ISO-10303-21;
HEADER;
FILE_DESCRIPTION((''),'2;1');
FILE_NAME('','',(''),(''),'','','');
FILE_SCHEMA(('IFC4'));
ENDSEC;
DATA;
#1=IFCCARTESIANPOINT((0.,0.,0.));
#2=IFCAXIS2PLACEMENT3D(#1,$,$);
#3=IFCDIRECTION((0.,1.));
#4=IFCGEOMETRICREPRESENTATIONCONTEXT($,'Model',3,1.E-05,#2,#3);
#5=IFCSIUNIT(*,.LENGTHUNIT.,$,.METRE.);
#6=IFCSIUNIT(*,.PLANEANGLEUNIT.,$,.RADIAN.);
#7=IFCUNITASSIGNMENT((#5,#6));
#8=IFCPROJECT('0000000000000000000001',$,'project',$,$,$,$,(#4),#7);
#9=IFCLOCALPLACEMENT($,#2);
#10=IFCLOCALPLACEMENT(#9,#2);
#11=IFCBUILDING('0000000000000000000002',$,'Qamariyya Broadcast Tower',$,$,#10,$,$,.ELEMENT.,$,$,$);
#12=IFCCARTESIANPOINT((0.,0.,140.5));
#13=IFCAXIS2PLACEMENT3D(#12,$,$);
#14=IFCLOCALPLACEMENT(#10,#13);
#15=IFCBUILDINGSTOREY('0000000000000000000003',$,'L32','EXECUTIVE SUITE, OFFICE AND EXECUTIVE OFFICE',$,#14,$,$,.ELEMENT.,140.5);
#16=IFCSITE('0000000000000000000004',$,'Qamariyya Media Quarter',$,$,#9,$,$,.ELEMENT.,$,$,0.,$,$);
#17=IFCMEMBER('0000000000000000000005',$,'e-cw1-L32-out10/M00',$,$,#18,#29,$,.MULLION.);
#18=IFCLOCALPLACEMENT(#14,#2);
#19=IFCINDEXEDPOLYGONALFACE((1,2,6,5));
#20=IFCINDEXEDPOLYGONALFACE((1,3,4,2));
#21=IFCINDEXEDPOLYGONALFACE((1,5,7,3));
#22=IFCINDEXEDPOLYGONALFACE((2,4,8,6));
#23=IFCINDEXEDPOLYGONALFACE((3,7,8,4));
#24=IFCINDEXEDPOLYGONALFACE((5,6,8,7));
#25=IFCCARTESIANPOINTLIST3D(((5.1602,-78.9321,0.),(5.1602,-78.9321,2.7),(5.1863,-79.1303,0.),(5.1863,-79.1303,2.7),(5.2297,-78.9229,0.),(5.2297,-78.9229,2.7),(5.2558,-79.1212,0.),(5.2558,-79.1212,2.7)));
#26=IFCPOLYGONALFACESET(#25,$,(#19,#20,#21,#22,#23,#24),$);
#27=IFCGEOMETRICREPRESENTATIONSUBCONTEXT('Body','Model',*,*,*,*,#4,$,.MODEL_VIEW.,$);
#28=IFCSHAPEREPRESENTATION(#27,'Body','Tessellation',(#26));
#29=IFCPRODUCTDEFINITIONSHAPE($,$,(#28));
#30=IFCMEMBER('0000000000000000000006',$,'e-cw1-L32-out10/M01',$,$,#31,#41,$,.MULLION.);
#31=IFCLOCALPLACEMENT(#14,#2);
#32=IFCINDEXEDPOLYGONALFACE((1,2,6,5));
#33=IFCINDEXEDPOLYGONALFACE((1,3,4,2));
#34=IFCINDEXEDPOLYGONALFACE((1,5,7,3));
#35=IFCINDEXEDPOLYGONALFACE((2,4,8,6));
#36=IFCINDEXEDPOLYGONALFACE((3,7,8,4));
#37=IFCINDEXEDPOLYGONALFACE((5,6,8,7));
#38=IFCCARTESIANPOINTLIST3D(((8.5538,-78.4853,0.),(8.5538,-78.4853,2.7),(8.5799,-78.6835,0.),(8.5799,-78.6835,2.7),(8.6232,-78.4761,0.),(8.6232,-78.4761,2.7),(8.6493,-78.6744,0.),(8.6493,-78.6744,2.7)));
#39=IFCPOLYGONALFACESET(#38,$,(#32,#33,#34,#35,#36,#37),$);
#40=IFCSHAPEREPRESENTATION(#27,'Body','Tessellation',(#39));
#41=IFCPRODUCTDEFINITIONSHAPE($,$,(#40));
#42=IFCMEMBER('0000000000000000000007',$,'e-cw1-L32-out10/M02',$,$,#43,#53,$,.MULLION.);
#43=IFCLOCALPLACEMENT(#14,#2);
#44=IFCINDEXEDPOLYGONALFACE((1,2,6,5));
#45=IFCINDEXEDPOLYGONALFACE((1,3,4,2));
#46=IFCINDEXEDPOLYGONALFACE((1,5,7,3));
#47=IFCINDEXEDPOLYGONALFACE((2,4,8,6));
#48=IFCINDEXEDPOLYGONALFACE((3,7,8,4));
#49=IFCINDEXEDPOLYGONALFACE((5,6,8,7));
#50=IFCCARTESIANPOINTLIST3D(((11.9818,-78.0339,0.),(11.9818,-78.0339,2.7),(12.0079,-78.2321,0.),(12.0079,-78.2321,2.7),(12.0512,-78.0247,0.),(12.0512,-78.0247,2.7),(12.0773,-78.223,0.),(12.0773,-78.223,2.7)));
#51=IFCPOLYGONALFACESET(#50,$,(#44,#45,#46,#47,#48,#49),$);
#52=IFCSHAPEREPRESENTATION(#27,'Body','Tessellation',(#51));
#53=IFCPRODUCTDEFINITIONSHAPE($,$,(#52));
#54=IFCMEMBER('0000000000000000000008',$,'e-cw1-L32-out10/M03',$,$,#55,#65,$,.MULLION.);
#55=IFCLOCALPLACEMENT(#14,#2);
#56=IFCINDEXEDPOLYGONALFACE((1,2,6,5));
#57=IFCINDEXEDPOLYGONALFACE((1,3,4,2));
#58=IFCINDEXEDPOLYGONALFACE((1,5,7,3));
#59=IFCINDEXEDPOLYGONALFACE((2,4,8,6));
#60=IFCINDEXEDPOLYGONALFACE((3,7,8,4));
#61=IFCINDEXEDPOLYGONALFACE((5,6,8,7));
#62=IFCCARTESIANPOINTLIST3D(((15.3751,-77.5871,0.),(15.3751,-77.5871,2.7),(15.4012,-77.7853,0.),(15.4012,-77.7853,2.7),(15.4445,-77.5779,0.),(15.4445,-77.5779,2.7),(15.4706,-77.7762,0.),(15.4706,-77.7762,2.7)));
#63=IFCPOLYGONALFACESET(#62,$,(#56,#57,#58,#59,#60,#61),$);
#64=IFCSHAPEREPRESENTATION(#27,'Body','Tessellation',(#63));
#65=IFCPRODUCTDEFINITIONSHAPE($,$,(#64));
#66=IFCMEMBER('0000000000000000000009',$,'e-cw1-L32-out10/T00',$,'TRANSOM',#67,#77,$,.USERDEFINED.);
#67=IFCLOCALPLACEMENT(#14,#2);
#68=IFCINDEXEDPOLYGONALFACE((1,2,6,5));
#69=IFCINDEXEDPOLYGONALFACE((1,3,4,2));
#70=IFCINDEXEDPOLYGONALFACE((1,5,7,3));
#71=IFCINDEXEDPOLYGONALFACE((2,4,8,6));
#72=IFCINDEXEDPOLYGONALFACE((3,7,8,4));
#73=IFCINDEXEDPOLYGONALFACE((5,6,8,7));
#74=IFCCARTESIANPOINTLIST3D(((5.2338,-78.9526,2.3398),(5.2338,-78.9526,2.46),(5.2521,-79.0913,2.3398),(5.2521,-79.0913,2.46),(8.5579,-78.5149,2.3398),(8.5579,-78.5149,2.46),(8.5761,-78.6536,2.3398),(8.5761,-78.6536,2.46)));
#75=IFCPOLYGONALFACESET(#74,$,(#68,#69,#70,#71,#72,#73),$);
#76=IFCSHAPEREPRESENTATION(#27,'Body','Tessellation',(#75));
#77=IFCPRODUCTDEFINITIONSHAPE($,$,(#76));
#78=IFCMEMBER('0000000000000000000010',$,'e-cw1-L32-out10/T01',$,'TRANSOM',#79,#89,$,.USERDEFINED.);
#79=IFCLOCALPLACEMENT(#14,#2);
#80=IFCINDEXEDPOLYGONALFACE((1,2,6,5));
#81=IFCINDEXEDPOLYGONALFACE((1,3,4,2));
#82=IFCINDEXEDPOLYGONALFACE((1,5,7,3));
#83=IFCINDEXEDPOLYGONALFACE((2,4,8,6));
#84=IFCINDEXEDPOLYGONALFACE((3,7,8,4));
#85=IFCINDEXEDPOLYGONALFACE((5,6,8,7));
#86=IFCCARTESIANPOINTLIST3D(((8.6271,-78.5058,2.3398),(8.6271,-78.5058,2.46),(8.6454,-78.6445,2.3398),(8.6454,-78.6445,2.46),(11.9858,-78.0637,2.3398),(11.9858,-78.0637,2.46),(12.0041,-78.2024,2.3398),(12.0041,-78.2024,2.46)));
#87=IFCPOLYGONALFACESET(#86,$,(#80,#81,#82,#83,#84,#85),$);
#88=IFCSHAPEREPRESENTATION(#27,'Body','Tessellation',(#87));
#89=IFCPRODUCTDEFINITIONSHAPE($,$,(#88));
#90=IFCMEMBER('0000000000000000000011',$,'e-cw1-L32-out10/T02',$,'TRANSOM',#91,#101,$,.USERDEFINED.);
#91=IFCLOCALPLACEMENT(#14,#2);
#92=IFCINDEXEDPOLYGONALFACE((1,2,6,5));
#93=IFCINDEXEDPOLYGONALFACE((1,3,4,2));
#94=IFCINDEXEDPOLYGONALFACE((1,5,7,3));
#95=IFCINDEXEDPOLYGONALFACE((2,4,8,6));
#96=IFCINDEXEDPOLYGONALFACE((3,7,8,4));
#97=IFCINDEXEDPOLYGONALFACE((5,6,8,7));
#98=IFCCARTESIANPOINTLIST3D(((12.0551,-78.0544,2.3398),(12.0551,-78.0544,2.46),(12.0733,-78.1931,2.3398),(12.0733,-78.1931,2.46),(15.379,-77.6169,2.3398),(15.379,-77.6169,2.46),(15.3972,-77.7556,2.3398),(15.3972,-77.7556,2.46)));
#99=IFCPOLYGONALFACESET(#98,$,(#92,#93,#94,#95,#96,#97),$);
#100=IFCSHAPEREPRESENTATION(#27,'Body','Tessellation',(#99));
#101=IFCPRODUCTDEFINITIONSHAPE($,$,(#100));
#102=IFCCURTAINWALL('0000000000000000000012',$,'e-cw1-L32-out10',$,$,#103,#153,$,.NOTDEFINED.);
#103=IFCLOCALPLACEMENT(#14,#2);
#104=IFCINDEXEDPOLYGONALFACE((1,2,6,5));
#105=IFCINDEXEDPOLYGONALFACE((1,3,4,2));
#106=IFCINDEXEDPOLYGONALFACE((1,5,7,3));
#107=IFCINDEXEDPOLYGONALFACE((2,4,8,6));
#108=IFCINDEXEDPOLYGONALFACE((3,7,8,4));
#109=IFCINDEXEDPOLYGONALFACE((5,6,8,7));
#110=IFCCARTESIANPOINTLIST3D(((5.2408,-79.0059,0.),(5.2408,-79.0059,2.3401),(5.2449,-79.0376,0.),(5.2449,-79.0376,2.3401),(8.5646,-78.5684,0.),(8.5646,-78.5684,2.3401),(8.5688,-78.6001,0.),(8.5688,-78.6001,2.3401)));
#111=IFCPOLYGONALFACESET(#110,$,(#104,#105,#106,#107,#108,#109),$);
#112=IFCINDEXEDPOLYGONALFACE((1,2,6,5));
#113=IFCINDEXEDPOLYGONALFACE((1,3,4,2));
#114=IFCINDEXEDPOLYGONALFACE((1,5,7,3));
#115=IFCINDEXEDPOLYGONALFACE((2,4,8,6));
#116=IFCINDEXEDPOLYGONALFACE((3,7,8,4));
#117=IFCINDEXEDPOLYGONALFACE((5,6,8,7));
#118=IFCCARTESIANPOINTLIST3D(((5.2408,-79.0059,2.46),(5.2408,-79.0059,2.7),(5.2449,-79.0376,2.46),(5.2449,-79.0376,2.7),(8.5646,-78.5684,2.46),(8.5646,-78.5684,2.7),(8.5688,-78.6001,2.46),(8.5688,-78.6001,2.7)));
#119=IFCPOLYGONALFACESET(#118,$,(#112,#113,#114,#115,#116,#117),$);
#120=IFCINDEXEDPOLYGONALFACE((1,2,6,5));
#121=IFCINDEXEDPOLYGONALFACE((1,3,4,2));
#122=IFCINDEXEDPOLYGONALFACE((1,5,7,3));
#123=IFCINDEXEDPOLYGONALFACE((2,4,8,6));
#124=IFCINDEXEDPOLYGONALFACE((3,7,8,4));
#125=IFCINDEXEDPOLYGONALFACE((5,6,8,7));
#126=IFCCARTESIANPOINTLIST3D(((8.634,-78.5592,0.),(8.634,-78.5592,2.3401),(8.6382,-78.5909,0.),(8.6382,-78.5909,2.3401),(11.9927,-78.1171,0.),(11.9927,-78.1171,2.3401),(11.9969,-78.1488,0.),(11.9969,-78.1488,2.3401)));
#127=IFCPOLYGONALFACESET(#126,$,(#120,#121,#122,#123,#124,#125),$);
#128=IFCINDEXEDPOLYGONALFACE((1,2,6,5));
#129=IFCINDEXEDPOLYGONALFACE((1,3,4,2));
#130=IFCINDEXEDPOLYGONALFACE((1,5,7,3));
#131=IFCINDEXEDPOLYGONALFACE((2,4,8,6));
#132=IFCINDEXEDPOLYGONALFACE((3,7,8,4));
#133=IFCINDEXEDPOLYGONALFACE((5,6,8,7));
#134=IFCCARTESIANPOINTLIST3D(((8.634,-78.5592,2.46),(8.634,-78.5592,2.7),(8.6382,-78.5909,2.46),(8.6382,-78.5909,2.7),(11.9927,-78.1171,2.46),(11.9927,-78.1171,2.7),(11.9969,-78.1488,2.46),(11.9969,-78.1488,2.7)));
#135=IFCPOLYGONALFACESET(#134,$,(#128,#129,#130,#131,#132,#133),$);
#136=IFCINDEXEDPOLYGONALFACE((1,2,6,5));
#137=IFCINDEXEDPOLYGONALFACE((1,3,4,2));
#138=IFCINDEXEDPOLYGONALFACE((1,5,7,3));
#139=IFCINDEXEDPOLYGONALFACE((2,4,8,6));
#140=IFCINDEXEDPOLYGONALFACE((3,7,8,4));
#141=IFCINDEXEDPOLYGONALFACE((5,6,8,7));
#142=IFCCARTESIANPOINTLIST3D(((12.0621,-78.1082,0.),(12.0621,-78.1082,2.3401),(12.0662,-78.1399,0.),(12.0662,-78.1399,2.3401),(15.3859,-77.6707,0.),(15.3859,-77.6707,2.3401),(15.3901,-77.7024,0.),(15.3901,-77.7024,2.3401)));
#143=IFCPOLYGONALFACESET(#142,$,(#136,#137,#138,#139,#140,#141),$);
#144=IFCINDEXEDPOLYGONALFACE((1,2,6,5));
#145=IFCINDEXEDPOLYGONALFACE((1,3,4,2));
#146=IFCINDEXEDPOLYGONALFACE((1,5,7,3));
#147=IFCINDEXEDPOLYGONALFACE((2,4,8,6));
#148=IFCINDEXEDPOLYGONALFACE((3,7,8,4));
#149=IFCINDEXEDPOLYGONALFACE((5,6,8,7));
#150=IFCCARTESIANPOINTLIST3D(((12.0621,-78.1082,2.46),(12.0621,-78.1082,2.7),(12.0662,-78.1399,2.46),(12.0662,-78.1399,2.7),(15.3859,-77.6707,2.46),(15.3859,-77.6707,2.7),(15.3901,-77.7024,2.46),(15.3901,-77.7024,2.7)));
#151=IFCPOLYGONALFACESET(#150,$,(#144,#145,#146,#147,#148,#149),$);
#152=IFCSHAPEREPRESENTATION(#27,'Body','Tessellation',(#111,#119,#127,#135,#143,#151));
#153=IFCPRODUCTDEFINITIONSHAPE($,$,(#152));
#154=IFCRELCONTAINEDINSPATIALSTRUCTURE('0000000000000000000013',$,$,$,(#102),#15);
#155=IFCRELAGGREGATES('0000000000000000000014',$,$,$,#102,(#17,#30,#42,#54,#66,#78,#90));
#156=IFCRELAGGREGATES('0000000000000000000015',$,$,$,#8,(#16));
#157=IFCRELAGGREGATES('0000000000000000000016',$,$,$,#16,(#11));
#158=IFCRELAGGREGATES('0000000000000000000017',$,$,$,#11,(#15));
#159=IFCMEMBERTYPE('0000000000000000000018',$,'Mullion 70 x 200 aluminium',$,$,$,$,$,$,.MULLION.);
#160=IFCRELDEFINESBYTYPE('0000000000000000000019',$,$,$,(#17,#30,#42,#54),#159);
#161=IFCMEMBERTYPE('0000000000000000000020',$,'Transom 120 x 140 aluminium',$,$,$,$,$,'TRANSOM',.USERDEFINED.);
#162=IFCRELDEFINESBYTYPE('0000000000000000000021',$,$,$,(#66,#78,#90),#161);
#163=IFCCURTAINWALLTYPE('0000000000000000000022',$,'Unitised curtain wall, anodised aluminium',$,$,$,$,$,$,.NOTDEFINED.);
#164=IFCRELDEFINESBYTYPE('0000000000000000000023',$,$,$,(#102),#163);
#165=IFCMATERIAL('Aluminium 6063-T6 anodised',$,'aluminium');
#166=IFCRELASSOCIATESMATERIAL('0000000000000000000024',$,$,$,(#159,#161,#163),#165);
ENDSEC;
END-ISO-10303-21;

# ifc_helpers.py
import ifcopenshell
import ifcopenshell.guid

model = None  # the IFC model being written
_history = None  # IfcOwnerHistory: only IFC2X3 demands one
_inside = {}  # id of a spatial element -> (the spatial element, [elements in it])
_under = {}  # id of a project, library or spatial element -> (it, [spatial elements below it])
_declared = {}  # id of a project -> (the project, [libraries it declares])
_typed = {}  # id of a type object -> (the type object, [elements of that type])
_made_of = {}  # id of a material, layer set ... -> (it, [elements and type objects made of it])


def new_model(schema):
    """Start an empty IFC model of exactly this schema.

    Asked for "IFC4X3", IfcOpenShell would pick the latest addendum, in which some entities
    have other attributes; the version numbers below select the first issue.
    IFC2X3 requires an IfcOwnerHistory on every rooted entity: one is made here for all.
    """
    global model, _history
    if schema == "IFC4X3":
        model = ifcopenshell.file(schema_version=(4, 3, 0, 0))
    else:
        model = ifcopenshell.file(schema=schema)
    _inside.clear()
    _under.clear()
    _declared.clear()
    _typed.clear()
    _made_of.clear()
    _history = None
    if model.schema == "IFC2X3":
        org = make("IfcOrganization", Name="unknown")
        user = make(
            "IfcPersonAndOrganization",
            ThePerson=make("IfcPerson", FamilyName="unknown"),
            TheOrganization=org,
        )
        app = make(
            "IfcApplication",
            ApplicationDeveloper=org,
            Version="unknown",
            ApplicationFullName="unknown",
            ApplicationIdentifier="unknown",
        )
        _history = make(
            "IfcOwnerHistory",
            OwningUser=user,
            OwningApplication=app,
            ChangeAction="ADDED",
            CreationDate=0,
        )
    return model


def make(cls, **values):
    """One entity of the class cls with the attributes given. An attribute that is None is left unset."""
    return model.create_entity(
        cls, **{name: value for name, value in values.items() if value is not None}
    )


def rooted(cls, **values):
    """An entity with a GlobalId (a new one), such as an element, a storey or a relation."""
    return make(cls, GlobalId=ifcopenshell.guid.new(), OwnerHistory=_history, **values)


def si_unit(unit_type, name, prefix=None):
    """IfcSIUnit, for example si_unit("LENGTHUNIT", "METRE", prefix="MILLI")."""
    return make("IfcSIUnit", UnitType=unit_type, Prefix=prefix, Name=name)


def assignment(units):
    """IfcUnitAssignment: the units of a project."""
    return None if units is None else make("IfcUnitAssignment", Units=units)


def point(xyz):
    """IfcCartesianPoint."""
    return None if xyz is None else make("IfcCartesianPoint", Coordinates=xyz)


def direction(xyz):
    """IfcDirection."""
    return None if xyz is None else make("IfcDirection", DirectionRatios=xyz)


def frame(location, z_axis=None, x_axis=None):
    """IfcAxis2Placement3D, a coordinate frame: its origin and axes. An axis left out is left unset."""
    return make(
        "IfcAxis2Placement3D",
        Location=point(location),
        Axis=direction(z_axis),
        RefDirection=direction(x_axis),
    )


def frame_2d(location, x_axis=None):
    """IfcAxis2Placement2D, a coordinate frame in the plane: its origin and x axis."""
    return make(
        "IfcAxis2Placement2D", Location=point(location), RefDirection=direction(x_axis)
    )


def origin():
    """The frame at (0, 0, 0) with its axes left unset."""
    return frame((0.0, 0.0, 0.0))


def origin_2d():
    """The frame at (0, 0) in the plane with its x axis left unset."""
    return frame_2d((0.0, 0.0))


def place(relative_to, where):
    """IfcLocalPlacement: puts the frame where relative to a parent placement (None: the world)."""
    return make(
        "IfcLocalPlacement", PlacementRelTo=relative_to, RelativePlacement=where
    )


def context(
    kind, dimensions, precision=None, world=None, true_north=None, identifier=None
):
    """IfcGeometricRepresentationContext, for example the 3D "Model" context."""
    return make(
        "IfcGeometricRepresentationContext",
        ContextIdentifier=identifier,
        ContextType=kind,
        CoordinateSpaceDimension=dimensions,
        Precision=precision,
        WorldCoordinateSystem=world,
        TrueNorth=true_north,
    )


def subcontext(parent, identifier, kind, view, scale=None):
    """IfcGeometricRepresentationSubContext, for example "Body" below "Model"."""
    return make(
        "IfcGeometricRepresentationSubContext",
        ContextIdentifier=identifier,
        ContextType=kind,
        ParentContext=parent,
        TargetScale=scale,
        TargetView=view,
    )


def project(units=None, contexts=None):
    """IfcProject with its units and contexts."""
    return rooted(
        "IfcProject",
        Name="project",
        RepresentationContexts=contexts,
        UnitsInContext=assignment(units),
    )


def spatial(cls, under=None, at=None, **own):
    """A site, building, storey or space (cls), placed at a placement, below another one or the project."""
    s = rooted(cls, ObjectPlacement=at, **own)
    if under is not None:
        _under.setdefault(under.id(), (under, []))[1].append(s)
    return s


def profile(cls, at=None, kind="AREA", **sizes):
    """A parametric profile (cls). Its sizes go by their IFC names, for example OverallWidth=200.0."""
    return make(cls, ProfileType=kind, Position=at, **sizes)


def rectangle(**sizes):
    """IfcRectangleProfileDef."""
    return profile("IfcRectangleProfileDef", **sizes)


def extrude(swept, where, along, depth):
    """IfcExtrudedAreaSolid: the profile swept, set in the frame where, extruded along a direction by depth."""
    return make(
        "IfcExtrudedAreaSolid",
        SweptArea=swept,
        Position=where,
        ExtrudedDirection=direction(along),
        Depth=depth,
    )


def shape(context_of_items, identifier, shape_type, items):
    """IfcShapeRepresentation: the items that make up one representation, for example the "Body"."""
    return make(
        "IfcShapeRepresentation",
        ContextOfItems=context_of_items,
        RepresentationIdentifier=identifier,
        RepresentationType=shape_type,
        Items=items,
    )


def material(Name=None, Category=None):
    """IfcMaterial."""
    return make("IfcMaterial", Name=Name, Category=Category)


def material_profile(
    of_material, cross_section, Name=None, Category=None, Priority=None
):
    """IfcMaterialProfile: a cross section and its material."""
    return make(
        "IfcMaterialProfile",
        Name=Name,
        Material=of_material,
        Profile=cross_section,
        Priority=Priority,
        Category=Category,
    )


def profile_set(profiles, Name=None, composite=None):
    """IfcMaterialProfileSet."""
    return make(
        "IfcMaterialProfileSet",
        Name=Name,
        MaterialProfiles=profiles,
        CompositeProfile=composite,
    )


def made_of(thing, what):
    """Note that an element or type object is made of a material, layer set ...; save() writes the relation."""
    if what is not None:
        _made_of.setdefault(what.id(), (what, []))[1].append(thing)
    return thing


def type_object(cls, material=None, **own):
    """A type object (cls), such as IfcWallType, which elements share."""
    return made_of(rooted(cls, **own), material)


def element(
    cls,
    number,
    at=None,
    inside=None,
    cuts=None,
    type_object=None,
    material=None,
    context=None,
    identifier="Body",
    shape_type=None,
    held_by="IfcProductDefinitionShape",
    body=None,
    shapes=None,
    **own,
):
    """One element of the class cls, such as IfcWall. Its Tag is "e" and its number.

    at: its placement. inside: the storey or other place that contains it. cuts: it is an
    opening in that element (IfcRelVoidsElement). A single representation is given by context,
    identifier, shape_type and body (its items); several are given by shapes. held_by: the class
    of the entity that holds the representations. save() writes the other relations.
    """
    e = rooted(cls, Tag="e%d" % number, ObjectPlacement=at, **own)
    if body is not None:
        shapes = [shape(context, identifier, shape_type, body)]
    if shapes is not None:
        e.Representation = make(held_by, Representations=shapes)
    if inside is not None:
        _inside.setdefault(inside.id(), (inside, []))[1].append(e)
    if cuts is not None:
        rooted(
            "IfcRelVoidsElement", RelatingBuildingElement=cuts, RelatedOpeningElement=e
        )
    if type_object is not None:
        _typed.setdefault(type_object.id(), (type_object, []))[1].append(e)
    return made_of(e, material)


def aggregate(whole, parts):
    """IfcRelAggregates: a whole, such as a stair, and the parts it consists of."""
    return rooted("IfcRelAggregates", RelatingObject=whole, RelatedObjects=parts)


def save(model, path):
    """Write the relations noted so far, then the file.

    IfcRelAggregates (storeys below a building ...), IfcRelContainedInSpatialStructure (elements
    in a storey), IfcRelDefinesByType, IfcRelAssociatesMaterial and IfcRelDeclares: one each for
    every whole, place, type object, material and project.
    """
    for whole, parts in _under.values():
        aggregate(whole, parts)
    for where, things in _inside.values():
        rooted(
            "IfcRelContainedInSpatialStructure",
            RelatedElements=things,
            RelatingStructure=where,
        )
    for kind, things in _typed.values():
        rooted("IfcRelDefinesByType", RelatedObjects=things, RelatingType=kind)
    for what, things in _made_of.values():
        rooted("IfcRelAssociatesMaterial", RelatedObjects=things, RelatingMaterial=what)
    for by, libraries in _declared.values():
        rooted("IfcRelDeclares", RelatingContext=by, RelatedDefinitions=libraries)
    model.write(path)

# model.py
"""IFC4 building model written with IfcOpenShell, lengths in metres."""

from ifc_helpers import new_model, si_unit, direction, frame, origin, origin_2d, place, context, subcontext, project, spatial, rectangle, extrude, material, material_profile, profile_set, type_object, element, aggregate, save


model = new_model("IFC4")

# Units and contexts
model_context = context("Model", 3, precision=1e-05, world=origin(), true_north=direction((0.0, 1.0)))
body_context = subcontext(model_context, "Body", "Model", "MODEL_VIEW")
ifc_project = project(units=[si_unit("LENGTHUNIT", "METRE"), si_unit("PLANEANGLEUNIT", "RADIAN")], contexts=[model_context])

# Members
ifc_material = material(Name="Aluminium 6063-T6 anodised", Category="aluminium")
ifc_material_profile_1 = material_profile(ifc_material, rectangle(XDim=0.2, YDim=0.0701, at=origin_2d()))
ifc_profile_set_1 = profile_set([ifc_material_profile_1], Name="Aluminium 6063-T6 anodised")
member_type_1 = type_object("IfcMemberType", Name="Mullion 70 x 200 aluminium", PredefinedType="MULLION", material=ifc_profile_set_1)
site_placement = place(None, origin())
building_placement = place(site_placement, origin())
storey_placement = place(building_placement, frame((0.0, 0.0, 140.5)))
member_1_placement = place(storey_placement, frame((5.208, -79.0266, 0.0), z_axis=(0.0, 0.0, 1.0), x_axis=(-0.130526, 0.991445, 0.0)))
member_1 = element("IfcMember", 1, at=member_1_placement, type_object=member_type_1, Name="e-cw1-L32-out10/M00", PredefinedType="MULLION", context=body_context, shape_type="SweptSolid", body=[
    extrude(rectangle(XDim=0.2, YDim=0.0701, at=origin_2d()), origin(), (0.0, 0.0, 1.0), 2.7),
])
member_2_placement = place(storey_placement, frame((8.6016, -78.5798, 0.0), z_axis=(0.0, 0.0, 1.0), x_axis=(-0.130526, 0.991445, 0.0)))
member_2 = element("IfcMember", 2, at=member_2_placement, type_object=member_type_1, Name="e-cw1-L32-out10/M01", PredefinedType="MULLION", context=body_context, shape_type="SweptSolid", body=[
    extrude(rectangle(XDim=0.2, YDim=0.0701, at=origin_2d()), origin(), (0.0, 0.0, 1.0), 2.7),
])
member_3_placement = place(storey_placement, frame((12.0295, -78.1284, 0.0), z_axis=(0.0, 0.0, 1.0), x_axis=(-0.130526, 0.991445, 0.0)))
member_3 = element("IfcMember", 3, at=member_3_placement, type_object=member_type_1, Name="e-cw1-L32-out10/M02", PredefinedType="MULLION", context=body_context, shape_type="SweptSolid", body=[
    extrude(rectangle(XDim=0.2, YDim=0.0701, at=origin_2d()), origin(), (0.0, 0.0, 1.0), 2.7),
])
member_4_placement = place(storey_placement, frame((15.4229, -77.6816, 0.0), z_axis=(0.0, 0.0, 1.0), x_axis=(-0.130526, 0.991445, 0.0)))
member_4 = element("IfcMember", 4, at=member_4_placement, type_object=member_type_1, Name="e-cw1-L32-out10/M03", PredefinedType="MULLION", context=body_context, shape_type="SweptSolid", body=[
    extrude(rectangle(XDim=0.2, YDim=0.0701, at=origin_2d()), origin(), (0.0, 0.0, 1.0), 2.7),
])
ifc_material_profile_2 = material_profile(ifc_material, rectangle(XDim=0.1399, YDim=0.1201, at=origin_2d()))
ifc_profile_set_2 = profile_set([ifc_material_profile_2], Name="Aluminium 6063-T6 anodised")
member_type_2 = type_object("IfcMemberType", Name="Transom 120 x 140 aluminium", ElementType="TRANSOM", PredefinedType="USERDEFINED", material=ifc_profile_set_2)
member_5_placement = place(storey_placement, frame((5.2429, -79.022, 2.3999), z_axis=(0.99144, 0.130566, 0.0), x_axis=(-0.130566, 0.99144, 0.0)))
member_5 = element("IfcMember", 5, at=member_5_placement, type_object=member_type_2, Name="e-cw1-L32-out10/T00", ObjectType="TRANSOM", PredefinedType="USERDEFINED", context=body_context, shape_type="SweptSolid", body=[
    extrude(rectangle(XDim=0.1399, YDim=0.1201, at=origin_2d()), origin(), (0.0, 0.0, 1.0), 3.3528),
])
member_6_placement = place(storey_placement, frame((8.6362, -78.5752, 2.3999), z_axis=(0.991446, 0.130516, 0.0), x_axis=(-0.130516, 0.991446, 0.0)))
member_6 = element("IfcMember", 6, at=member_6_placement, type_object=member_type_2, Name="e-cw1-L32-out10/T01", ObjectType="TRANSOM", PredefinedType="USERDEFINED", context=body_context, shape_type="SweptSolid", body=[
    extrude(rectangle(XDim=0.1399, YDim=0.1201, at=origin_2d()), origin(), (0.0, 0.0, 1.0), 3.3877),
])
member_7_placement = place(storey_placement, frame((12.0642, -78.1238, 2.3999), z_axis=(0.991449, 0.130494, 0.0), x_axis=(-0.130494, 0.991449, 0.0)))
member_7 = element("IfcMember", 7, at=member_7_placement, type_object=member_type_2, Name="e-cw1-L32-out10/T02", ObjectType="TRANSOM", PredefinedType="USERDEFINED", context=body_context, shape_type="SweptSolid", body=[
    extrude(rectangle(XDim=0.1399, YDim=0.1201, at=origin_2d()), origin(), (0.0, 0.0, 1.0), 3.3525),
])

# Site, building, storey
site = spatial("IfcSite", under=ifc_project, at=site_placement, Name="Qamariyya Media Quarter", CompositionType="ELEMENT", RefElevation=0.0)
building = spatial("IfcBuilding", under=site, at=building_placement, Name="Qamariyya Broadcast Tower", CompositionType="ELEMENT")
storey = spatial("IfcBuildingStorey", under=building, at=storey_placement, Name="L32", Description="EXECUTIVE SUITE, OFFICE AND EXECUTIVE OFFICE", CompositionType="ELEMENT", Elevation=140.5)

# Curtain wall
curtain_wall_type = type_object("IfcCurtainWallType", Name="Unitised curtain wall, anodised aluminium", PredefinedType="NOTDEFINED", material=ifc_material)
curtain_wall_1_placement = place(storey_placement, origin())
curtain_wall_1 = element("IfcCurtainWall", 8, at=curtain_wall_1_placement, inside=storey, type_object=curtain_wall_type, Name="e-cw1-L32-out10", PredefinedType="NOTDEFINED", context=body_context, shape_type="SweptSolid", body=[
    extrude(rectangle(XDim=3.3525, YDim=0.032, at=origin_2d()), frame((6.9048, -78.803, 0.0), x_axis=(0.991447, 0.130509, 0.0)), (0.0, 0.0, 1.0), 2.3401),
    extrude(rectangle(XDim=3.3525, YDim=0.032, at=origin_2d()), frame((6.9048, -78.803, 2.46), x_axis=(0.991447, 0.130509, 0.0)), (0.0, 0.0, 1.0), 0.24),
    extrude(rectangle(XDim=3.3877, YDim=0.032, at=origin_2d()), frame((10.3154, -78.354, 0.0), x_axis=(0.991447, 0.130509, 0.0)), (0.0, 0.0, 1.0), 2.3401),
    extrude(rectangle(XDim=3.3877, YDim=0.032, at=origin_2d()), frame((10.3154, -78.354, 2.46), x_axis=(0.991447, 0.130509, 0.0)), (0.0, 0.0, 1.0), 0.24),
    extrude(rectangle(XDim=3.3525, YDim=0.032, at=origin_2d()), frame((13.7261, -77.9053, 0.0), x_axis=(0.991447, 0.130509, 0.0)), (0.0, 0.0, 1.0), 2.3401),
    extrude(rectangle(XDim=3.3525, YDim=0.032, at=origin_2d()), frame((13.7261, -77.9053, 2.46), x_axis=(0.991447, 0.130509, 0.0)), (0.0, 0.0, 1.0), 0.24),
])
aggregate(curtain_wall_1, [member_1, member_2, member_3, member_4, member_5, member_6, member_7])

save(model, "model.ifc")
